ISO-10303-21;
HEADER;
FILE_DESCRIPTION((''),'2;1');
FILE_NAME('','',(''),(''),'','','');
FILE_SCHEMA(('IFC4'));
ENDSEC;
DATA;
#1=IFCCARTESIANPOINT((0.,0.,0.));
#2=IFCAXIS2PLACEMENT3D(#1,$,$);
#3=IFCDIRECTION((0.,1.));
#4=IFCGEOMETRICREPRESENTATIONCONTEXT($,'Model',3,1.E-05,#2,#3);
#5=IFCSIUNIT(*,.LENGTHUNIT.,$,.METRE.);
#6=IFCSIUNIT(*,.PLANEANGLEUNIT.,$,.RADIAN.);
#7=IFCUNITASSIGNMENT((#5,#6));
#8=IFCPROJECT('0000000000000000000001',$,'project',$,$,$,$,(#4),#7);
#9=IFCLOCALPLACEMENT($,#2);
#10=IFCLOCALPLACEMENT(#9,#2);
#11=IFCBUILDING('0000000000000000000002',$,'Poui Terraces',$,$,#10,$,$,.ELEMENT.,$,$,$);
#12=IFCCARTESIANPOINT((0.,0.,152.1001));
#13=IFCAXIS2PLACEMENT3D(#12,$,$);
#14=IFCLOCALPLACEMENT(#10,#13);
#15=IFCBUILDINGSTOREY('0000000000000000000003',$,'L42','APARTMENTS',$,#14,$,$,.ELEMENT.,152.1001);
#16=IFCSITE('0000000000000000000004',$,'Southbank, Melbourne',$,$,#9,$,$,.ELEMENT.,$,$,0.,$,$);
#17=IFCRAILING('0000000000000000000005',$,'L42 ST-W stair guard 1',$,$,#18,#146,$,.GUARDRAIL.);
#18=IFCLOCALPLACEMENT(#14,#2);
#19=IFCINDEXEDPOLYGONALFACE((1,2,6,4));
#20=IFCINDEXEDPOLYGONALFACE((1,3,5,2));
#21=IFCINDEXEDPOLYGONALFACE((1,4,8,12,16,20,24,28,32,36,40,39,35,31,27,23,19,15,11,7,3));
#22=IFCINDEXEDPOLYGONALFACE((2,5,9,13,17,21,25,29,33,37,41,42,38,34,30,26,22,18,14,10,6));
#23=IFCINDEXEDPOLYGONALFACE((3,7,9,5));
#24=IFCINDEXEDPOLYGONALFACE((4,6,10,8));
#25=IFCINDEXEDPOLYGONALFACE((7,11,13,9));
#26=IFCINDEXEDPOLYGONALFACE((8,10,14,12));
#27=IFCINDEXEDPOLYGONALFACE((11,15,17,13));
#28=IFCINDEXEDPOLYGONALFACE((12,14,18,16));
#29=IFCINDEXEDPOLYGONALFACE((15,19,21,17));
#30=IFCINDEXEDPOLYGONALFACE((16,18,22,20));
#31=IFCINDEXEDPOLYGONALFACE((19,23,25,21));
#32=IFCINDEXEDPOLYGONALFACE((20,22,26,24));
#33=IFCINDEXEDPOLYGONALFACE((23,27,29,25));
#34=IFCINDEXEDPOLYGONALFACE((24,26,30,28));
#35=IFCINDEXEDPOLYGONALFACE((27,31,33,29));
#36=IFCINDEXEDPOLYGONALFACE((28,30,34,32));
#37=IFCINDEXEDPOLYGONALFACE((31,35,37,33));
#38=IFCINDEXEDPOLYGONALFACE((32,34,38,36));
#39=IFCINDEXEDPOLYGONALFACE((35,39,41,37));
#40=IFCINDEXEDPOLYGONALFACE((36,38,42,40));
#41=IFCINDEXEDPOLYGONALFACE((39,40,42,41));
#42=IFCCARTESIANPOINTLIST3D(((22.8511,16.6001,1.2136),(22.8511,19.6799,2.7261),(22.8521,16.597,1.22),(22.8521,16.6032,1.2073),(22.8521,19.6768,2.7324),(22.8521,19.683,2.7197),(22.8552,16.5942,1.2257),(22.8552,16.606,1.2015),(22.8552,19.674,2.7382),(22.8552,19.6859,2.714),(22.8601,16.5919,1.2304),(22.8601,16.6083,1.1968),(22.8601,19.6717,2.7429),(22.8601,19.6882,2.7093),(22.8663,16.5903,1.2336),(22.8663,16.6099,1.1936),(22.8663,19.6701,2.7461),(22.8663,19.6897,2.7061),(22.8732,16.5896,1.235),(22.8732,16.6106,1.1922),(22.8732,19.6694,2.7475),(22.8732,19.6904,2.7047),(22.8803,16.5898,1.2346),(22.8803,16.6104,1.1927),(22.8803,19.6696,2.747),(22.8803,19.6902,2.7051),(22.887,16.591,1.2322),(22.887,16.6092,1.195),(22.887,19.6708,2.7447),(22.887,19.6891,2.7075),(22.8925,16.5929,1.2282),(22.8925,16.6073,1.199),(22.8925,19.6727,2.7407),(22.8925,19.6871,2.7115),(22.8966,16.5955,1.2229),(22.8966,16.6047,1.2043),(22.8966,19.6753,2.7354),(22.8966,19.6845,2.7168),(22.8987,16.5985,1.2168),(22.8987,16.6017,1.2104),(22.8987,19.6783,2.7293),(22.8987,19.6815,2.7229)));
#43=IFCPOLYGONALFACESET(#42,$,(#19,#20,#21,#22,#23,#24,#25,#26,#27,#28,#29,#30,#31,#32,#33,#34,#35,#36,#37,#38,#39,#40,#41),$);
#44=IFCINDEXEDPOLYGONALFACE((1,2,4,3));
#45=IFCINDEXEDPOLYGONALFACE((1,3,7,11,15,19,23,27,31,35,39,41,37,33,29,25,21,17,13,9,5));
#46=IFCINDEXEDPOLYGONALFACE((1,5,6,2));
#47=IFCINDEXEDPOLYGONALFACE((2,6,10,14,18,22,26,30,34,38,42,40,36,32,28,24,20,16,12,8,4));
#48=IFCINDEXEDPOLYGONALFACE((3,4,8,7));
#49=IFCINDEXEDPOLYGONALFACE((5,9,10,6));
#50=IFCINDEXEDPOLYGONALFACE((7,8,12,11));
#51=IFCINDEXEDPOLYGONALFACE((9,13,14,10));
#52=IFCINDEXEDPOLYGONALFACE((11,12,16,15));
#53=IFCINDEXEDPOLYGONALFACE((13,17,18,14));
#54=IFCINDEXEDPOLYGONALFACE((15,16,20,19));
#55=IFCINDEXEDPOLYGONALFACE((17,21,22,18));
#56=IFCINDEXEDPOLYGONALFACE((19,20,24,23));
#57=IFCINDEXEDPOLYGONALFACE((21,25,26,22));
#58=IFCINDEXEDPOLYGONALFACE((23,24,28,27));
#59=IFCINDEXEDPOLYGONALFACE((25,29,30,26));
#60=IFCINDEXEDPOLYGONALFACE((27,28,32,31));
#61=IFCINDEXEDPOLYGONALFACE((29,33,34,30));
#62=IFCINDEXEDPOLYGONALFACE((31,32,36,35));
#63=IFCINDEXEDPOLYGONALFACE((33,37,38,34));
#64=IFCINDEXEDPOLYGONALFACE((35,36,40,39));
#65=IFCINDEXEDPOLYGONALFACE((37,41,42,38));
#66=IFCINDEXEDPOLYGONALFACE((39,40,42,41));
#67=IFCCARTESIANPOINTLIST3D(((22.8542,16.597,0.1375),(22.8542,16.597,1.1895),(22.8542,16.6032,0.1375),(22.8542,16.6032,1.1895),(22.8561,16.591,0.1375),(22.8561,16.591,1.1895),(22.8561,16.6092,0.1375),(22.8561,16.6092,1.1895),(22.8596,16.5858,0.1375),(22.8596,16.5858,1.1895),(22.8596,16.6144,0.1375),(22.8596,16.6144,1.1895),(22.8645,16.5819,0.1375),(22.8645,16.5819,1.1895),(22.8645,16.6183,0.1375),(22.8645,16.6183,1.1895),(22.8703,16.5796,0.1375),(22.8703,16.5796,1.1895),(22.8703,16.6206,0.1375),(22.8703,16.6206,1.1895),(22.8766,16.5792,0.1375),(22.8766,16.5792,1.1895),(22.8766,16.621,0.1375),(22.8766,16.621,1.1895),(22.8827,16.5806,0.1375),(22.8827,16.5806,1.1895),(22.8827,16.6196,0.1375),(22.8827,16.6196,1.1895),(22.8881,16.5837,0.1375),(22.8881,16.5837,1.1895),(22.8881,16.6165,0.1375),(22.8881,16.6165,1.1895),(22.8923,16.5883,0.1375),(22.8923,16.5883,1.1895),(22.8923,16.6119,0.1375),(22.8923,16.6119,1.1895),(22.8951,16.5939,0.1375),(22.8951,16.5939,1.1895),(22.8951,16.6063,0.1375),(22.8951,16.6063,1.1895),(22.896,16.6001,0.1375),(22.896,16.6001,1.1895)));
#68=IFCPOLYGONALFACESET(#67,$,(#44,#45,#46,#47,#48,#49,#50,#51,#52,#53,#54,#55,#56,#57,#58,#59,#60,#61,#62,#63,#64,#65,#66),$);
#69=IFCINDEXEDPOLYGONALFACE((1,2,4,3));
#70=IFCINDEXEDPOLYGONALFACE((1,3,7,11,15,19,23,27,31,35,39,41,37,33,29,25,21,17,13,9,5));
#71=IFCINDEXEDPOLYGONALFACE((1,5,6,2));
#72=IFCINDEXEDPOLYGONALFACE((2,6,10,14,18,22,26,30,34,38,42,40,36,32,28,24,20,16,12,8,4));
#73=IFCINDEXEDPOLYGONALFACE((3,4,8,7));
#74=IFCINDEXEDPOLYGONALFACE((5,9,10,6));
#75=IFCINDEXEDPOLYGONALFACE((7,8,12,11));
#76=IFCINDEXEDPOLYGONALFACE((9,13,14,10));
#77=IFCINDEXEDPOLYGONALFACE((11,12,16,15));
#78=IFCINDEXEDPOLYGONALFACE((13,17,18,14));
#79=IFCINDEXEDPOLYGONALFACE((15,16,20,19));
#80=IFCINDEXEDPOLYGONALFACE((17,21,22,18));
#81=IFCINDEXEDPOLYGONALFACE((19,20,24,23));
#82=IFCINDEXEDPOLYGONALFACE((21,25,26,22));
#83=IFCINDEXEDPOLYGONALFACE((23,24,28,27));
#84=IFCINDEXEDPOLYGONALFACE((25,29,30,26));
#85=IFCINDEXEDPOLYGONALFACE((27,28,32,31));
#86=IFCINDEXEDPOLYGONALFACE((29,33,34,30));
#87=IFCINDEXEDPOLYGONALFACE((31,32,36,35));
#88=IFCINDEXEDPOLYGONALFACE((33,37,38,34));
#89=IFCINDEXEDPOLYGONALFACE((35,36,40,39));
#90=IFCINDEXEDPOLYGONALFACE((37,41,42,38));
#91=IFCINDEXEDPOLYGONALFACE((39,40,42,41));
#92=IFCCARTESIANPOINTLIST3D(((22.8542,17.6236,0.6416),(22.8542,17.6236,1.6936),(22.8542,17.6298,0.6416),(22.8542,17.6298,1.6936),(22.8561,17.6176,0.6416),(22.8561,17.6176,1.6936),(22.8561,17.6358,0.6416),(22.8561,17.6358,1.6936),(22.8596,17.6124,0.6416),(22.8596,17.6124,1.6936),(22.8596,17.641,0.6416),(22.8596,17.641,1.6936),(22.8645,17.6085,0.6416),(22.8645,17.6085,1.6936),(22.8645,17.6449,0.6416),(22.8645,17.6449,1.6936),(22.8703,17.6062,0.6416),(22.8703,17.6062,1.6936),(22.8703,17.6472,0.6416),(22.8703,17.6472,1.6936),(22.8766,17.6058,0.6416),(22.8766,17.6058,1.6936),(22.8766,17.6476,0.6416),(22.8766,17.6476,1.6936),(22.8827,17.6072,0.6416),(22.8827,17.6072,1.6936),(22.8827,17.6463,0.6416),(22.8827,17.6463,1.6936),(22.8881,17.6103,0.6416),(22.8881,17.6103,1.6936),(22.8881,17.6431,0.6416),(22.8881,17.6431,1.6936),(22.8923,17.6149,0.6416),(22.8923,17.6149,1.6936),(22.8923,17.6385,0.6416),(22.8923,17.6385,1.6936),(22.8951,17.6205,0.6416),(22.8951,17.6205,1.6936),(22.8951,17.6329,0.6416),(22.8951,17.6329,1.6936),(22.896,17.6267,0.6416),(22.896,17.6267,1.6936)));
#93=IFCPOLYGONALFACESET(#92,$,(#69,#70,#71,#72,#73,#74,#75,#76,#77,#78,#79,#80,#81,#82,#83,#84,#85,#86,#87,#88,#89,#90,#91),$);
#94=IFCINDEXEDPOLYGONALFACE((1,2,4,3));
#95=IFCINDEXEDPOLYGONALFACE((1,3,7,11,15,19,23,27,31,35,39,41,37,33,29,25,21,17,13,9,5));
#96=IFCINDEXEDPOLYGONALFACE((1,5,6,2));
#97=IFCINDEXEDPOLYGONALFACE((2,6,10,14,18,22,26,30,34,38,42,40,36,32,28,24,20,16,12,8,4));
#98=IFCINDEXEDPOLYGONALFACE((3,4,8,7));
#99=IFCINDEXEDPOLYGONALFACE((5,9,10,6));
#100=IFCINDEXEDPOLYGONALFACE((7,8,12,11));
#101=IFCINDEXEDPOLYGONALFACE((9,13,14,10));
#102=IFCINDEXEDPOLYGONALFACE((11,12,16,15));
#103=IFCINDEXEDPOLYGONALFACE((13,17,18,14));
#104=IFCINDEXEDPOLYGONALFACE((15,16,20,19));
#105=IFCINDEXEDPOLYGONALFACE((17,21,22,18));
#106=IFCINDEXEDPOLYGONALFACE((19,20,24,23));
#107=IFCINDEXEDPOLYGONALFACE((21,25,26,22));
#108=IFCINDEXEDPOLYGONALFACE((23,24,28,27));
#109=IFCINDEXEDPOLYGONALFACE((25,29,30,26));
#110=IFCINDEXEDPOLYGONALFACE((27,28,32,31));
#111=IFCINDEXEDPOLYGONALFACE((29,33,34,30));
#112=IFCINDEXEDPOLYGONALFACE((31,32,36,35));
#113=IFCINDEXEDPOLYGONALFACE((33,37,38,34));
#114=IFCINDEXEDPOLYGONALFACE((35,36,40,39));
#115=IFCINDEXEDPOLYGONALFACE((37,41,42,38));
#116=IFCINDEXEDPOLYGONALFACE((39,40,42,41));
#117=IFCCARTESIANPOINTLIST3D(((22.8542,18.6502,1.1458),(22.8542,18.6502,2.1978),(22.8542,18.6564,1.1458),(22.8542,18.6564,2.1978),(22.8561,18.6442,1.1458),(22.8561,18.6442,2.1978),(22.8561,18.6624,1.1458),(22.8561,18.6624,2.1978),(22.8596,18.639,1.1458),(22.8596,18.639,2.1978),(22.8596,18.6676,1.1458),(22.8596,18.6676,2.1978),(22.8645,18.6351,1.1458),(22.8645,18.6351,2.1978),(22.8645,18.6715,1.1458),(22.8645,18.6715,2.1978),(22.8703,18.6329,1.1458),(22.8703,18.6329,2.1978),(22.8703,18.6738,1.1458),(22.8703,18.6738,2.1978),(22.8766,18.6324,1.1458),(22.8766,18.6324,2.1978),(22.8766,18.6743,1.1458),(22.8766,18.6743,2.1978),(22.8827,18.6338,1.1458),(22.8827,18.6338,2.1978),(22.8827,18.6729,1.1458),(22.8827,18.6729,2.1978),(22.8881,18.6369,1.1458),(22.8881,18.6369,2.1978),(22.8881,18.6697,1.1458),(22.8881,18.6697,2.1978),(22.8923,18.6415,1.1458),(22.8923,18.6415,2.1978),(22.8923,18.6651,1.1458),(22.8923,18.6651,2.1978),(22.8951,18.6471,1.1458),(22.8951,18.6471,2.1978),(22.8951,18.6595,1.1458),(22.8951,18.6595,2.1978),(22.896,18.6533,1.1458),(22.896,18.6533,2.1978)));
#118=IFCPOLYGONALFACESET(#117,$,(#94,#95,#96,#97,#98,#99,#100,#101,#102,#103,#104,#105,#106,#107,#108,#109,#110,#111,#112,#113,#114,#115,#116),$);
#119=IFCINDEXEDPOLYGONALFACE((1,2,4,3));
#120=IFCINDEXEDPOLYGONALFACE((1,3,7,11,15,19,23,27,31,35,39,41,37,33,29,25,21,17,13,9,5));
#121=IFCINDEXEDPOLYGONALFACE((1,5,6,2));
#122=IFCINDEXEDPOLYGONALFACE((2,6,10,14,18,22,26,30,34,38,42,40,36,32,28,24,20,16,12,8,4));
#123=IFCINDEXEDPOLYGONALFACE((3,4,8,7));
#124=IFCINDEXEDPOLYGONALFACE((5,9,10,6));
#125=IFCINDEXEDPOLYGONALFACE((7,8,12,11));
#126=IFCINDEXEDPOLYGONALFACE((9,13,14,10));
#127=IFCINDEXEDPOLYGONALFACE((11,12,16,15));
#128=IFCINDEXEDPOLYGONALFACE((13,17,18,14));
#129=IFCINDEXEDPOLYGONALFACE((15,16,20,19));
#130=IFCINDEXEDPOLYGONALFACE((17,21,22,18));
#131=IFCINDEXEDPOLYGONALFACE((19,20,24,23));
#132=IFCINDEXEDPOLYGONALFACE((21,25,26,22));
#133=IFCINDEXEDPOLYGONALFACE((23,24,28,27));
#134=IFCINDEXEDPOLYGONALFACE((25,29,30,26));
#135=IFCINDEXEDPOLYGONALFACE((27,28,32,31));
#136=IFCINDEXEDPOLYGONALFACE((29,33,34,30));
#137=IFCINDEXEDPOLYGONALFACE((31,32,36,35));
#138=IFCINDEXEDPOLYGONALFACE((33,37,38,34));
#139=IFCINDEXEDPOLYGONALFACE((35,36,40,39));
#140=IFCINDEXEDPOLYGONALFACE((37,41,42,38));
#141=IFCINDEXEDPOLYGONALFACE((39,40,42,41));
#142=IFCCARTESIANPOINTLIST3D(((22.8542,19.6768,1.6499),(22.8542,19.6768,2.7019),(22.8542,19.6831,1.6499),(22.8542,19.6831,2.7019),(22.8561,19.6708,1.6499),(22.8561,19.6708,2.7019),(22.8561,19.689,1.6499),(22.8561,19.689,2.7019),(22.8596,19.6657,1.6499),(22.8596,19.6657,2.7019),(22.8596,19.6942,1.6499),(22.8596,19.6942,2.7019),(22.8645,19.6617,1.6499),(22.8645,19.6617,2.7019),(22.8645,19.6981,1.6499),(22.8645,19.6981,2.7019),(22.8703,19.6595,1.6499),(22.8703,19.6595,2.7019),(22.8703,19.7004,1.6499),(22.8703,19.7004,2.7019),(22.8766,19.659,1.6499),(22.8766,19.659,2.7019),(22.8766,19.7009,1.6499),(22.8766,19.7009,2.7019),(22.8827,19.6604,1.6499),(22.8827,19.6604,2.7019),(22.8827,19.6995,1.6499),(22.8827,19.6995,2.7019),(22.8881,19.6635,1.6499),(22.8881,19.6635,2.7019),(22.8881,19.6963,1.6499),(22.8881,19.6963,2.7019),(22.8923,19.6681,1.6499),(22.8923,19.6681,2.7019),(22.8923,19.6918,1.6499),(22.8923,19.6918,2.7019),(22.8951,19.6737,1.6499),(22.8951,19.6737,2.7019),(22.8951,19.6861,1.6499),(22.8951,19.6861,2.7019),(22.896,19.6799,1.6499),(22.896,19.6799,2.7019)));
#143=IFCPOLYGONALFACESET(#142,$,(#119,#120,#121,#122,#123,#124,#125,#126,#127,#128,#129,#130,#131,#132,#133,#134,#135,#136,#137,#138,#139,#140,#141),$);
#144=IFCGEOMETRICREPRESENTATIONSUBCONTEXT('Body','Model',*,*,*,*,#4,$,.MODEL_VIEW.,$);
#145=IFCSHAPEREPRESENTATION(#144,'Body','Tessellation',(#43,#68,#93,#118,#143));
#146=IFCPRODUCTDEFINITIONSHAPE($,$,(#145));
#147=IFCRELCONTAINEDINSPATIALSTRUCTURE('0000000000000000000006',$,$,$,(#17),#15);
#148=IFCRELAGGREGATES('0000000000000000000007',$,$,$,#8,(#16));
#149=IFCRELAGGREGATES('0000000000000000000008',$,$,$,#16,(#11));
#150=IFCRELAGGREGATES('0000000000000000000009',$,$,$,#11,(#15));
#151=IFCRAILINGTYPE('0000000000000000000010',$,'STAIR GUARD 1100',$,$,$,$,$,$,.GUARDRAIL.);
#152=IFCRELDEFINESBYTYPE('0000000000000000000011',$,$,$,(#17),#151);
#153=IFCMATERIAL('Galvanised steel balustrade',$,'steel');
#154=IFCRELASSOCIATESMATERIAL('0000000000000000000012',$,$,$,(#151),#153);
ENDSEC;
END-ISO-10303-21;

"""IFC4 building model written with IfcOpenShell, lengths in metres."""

from ifc_helpers import new_model, si_unit, direction, frame, origin, origin_2d, place, context, subcontext, project, spatial, circle, extrude, material, type_object, element, save


model = new_model("IFC4")

# Units and contexts
model_context = context("Model", 3, precision=1e-05, world=origin(), true_north=direction((0.0, 1.0)))
body_context = subcontext(model_context, "Body", "Model", "MODEL_VIEW")
ifc_project = project(units=[si_unit("LENGTHUNIT", "METRE"), si_unit("PLANEANGLEUNIT", "RADIAN")], contexts=[model_context])

# Site, building, storey
site_placement = place(None, origin())
site = spatial("IfcSite", under=ifc_project, at=site_placement, Name="Southbank, Melbourne", CompositionType="ELEMENT", RefElevation=0.0)
building_placement = place(site_placement, origin())
building = spatial("IfcBuilding", under=site, at=building_placement, Name="Poui Terraces", CompositionType="ELEMENT")
storey_placement = place(building_placement, frame((0.0, 0.0, 152.1001)))
storey = spatial("IfcBuildingStorey", under=building, at=storey_placement, Name="L42", Description="APARTMENTS", CompositionType="ELEMENT", Elevation=152.1001)

# Railing
ifc_material_1 = material(Name="Galvanised steel balustrade", Category="steel")
railing_type_1 = type_object("IfcRailingType", Name="STAIR GUARD 1100", PredefinedType="GUARDRAIL", material=ifc_material_1)
railing_1_placement = place(storey_placement, frame((22.875, 16.6001, 0.1375)))
element("IfcRailing", 1, at=railing_1_placement, inside=storey, type_object=railing_type_1, Name="L42 ST-W stair guard 1", PredefinedType="GUARDRAIL", context=body_context, shape_type="SweptSolid", body=[
    extrude(circle(Radius=0.0239, at=origin_2d()), frame((0.0, 0.0, 1.0762), z_axis=(0.0, 0.897606, 0.440798), x_axis=(-1.0, 0.0, 0.0)), (0.0, 0.0, 1.0), 3.4312),
    extrude(circle(Radius=0.021, at=origin_2d()), origin(), (0.0, 0.0, 1.0), 1.052),
    extrude(circle(Radius=0.021, at=origin_2d()), frame((0.0, 1.0266, 0.5042)), (0.0, 0.0, 1.0), 1.052),
    extrude(circle(Radius=0.021, at=origin_2d()), frame((0.0, 2.0532, 1.0083)), (0.0, 0.0, 1.0), 1.052),
    extrude(circle(Radius=0.021, at=origin_2d()), frame((0.0, 3.0798, 1.5125)), (0.0, 0.0, 1.0), 1.052),
])

save(model, "model.ifc")
